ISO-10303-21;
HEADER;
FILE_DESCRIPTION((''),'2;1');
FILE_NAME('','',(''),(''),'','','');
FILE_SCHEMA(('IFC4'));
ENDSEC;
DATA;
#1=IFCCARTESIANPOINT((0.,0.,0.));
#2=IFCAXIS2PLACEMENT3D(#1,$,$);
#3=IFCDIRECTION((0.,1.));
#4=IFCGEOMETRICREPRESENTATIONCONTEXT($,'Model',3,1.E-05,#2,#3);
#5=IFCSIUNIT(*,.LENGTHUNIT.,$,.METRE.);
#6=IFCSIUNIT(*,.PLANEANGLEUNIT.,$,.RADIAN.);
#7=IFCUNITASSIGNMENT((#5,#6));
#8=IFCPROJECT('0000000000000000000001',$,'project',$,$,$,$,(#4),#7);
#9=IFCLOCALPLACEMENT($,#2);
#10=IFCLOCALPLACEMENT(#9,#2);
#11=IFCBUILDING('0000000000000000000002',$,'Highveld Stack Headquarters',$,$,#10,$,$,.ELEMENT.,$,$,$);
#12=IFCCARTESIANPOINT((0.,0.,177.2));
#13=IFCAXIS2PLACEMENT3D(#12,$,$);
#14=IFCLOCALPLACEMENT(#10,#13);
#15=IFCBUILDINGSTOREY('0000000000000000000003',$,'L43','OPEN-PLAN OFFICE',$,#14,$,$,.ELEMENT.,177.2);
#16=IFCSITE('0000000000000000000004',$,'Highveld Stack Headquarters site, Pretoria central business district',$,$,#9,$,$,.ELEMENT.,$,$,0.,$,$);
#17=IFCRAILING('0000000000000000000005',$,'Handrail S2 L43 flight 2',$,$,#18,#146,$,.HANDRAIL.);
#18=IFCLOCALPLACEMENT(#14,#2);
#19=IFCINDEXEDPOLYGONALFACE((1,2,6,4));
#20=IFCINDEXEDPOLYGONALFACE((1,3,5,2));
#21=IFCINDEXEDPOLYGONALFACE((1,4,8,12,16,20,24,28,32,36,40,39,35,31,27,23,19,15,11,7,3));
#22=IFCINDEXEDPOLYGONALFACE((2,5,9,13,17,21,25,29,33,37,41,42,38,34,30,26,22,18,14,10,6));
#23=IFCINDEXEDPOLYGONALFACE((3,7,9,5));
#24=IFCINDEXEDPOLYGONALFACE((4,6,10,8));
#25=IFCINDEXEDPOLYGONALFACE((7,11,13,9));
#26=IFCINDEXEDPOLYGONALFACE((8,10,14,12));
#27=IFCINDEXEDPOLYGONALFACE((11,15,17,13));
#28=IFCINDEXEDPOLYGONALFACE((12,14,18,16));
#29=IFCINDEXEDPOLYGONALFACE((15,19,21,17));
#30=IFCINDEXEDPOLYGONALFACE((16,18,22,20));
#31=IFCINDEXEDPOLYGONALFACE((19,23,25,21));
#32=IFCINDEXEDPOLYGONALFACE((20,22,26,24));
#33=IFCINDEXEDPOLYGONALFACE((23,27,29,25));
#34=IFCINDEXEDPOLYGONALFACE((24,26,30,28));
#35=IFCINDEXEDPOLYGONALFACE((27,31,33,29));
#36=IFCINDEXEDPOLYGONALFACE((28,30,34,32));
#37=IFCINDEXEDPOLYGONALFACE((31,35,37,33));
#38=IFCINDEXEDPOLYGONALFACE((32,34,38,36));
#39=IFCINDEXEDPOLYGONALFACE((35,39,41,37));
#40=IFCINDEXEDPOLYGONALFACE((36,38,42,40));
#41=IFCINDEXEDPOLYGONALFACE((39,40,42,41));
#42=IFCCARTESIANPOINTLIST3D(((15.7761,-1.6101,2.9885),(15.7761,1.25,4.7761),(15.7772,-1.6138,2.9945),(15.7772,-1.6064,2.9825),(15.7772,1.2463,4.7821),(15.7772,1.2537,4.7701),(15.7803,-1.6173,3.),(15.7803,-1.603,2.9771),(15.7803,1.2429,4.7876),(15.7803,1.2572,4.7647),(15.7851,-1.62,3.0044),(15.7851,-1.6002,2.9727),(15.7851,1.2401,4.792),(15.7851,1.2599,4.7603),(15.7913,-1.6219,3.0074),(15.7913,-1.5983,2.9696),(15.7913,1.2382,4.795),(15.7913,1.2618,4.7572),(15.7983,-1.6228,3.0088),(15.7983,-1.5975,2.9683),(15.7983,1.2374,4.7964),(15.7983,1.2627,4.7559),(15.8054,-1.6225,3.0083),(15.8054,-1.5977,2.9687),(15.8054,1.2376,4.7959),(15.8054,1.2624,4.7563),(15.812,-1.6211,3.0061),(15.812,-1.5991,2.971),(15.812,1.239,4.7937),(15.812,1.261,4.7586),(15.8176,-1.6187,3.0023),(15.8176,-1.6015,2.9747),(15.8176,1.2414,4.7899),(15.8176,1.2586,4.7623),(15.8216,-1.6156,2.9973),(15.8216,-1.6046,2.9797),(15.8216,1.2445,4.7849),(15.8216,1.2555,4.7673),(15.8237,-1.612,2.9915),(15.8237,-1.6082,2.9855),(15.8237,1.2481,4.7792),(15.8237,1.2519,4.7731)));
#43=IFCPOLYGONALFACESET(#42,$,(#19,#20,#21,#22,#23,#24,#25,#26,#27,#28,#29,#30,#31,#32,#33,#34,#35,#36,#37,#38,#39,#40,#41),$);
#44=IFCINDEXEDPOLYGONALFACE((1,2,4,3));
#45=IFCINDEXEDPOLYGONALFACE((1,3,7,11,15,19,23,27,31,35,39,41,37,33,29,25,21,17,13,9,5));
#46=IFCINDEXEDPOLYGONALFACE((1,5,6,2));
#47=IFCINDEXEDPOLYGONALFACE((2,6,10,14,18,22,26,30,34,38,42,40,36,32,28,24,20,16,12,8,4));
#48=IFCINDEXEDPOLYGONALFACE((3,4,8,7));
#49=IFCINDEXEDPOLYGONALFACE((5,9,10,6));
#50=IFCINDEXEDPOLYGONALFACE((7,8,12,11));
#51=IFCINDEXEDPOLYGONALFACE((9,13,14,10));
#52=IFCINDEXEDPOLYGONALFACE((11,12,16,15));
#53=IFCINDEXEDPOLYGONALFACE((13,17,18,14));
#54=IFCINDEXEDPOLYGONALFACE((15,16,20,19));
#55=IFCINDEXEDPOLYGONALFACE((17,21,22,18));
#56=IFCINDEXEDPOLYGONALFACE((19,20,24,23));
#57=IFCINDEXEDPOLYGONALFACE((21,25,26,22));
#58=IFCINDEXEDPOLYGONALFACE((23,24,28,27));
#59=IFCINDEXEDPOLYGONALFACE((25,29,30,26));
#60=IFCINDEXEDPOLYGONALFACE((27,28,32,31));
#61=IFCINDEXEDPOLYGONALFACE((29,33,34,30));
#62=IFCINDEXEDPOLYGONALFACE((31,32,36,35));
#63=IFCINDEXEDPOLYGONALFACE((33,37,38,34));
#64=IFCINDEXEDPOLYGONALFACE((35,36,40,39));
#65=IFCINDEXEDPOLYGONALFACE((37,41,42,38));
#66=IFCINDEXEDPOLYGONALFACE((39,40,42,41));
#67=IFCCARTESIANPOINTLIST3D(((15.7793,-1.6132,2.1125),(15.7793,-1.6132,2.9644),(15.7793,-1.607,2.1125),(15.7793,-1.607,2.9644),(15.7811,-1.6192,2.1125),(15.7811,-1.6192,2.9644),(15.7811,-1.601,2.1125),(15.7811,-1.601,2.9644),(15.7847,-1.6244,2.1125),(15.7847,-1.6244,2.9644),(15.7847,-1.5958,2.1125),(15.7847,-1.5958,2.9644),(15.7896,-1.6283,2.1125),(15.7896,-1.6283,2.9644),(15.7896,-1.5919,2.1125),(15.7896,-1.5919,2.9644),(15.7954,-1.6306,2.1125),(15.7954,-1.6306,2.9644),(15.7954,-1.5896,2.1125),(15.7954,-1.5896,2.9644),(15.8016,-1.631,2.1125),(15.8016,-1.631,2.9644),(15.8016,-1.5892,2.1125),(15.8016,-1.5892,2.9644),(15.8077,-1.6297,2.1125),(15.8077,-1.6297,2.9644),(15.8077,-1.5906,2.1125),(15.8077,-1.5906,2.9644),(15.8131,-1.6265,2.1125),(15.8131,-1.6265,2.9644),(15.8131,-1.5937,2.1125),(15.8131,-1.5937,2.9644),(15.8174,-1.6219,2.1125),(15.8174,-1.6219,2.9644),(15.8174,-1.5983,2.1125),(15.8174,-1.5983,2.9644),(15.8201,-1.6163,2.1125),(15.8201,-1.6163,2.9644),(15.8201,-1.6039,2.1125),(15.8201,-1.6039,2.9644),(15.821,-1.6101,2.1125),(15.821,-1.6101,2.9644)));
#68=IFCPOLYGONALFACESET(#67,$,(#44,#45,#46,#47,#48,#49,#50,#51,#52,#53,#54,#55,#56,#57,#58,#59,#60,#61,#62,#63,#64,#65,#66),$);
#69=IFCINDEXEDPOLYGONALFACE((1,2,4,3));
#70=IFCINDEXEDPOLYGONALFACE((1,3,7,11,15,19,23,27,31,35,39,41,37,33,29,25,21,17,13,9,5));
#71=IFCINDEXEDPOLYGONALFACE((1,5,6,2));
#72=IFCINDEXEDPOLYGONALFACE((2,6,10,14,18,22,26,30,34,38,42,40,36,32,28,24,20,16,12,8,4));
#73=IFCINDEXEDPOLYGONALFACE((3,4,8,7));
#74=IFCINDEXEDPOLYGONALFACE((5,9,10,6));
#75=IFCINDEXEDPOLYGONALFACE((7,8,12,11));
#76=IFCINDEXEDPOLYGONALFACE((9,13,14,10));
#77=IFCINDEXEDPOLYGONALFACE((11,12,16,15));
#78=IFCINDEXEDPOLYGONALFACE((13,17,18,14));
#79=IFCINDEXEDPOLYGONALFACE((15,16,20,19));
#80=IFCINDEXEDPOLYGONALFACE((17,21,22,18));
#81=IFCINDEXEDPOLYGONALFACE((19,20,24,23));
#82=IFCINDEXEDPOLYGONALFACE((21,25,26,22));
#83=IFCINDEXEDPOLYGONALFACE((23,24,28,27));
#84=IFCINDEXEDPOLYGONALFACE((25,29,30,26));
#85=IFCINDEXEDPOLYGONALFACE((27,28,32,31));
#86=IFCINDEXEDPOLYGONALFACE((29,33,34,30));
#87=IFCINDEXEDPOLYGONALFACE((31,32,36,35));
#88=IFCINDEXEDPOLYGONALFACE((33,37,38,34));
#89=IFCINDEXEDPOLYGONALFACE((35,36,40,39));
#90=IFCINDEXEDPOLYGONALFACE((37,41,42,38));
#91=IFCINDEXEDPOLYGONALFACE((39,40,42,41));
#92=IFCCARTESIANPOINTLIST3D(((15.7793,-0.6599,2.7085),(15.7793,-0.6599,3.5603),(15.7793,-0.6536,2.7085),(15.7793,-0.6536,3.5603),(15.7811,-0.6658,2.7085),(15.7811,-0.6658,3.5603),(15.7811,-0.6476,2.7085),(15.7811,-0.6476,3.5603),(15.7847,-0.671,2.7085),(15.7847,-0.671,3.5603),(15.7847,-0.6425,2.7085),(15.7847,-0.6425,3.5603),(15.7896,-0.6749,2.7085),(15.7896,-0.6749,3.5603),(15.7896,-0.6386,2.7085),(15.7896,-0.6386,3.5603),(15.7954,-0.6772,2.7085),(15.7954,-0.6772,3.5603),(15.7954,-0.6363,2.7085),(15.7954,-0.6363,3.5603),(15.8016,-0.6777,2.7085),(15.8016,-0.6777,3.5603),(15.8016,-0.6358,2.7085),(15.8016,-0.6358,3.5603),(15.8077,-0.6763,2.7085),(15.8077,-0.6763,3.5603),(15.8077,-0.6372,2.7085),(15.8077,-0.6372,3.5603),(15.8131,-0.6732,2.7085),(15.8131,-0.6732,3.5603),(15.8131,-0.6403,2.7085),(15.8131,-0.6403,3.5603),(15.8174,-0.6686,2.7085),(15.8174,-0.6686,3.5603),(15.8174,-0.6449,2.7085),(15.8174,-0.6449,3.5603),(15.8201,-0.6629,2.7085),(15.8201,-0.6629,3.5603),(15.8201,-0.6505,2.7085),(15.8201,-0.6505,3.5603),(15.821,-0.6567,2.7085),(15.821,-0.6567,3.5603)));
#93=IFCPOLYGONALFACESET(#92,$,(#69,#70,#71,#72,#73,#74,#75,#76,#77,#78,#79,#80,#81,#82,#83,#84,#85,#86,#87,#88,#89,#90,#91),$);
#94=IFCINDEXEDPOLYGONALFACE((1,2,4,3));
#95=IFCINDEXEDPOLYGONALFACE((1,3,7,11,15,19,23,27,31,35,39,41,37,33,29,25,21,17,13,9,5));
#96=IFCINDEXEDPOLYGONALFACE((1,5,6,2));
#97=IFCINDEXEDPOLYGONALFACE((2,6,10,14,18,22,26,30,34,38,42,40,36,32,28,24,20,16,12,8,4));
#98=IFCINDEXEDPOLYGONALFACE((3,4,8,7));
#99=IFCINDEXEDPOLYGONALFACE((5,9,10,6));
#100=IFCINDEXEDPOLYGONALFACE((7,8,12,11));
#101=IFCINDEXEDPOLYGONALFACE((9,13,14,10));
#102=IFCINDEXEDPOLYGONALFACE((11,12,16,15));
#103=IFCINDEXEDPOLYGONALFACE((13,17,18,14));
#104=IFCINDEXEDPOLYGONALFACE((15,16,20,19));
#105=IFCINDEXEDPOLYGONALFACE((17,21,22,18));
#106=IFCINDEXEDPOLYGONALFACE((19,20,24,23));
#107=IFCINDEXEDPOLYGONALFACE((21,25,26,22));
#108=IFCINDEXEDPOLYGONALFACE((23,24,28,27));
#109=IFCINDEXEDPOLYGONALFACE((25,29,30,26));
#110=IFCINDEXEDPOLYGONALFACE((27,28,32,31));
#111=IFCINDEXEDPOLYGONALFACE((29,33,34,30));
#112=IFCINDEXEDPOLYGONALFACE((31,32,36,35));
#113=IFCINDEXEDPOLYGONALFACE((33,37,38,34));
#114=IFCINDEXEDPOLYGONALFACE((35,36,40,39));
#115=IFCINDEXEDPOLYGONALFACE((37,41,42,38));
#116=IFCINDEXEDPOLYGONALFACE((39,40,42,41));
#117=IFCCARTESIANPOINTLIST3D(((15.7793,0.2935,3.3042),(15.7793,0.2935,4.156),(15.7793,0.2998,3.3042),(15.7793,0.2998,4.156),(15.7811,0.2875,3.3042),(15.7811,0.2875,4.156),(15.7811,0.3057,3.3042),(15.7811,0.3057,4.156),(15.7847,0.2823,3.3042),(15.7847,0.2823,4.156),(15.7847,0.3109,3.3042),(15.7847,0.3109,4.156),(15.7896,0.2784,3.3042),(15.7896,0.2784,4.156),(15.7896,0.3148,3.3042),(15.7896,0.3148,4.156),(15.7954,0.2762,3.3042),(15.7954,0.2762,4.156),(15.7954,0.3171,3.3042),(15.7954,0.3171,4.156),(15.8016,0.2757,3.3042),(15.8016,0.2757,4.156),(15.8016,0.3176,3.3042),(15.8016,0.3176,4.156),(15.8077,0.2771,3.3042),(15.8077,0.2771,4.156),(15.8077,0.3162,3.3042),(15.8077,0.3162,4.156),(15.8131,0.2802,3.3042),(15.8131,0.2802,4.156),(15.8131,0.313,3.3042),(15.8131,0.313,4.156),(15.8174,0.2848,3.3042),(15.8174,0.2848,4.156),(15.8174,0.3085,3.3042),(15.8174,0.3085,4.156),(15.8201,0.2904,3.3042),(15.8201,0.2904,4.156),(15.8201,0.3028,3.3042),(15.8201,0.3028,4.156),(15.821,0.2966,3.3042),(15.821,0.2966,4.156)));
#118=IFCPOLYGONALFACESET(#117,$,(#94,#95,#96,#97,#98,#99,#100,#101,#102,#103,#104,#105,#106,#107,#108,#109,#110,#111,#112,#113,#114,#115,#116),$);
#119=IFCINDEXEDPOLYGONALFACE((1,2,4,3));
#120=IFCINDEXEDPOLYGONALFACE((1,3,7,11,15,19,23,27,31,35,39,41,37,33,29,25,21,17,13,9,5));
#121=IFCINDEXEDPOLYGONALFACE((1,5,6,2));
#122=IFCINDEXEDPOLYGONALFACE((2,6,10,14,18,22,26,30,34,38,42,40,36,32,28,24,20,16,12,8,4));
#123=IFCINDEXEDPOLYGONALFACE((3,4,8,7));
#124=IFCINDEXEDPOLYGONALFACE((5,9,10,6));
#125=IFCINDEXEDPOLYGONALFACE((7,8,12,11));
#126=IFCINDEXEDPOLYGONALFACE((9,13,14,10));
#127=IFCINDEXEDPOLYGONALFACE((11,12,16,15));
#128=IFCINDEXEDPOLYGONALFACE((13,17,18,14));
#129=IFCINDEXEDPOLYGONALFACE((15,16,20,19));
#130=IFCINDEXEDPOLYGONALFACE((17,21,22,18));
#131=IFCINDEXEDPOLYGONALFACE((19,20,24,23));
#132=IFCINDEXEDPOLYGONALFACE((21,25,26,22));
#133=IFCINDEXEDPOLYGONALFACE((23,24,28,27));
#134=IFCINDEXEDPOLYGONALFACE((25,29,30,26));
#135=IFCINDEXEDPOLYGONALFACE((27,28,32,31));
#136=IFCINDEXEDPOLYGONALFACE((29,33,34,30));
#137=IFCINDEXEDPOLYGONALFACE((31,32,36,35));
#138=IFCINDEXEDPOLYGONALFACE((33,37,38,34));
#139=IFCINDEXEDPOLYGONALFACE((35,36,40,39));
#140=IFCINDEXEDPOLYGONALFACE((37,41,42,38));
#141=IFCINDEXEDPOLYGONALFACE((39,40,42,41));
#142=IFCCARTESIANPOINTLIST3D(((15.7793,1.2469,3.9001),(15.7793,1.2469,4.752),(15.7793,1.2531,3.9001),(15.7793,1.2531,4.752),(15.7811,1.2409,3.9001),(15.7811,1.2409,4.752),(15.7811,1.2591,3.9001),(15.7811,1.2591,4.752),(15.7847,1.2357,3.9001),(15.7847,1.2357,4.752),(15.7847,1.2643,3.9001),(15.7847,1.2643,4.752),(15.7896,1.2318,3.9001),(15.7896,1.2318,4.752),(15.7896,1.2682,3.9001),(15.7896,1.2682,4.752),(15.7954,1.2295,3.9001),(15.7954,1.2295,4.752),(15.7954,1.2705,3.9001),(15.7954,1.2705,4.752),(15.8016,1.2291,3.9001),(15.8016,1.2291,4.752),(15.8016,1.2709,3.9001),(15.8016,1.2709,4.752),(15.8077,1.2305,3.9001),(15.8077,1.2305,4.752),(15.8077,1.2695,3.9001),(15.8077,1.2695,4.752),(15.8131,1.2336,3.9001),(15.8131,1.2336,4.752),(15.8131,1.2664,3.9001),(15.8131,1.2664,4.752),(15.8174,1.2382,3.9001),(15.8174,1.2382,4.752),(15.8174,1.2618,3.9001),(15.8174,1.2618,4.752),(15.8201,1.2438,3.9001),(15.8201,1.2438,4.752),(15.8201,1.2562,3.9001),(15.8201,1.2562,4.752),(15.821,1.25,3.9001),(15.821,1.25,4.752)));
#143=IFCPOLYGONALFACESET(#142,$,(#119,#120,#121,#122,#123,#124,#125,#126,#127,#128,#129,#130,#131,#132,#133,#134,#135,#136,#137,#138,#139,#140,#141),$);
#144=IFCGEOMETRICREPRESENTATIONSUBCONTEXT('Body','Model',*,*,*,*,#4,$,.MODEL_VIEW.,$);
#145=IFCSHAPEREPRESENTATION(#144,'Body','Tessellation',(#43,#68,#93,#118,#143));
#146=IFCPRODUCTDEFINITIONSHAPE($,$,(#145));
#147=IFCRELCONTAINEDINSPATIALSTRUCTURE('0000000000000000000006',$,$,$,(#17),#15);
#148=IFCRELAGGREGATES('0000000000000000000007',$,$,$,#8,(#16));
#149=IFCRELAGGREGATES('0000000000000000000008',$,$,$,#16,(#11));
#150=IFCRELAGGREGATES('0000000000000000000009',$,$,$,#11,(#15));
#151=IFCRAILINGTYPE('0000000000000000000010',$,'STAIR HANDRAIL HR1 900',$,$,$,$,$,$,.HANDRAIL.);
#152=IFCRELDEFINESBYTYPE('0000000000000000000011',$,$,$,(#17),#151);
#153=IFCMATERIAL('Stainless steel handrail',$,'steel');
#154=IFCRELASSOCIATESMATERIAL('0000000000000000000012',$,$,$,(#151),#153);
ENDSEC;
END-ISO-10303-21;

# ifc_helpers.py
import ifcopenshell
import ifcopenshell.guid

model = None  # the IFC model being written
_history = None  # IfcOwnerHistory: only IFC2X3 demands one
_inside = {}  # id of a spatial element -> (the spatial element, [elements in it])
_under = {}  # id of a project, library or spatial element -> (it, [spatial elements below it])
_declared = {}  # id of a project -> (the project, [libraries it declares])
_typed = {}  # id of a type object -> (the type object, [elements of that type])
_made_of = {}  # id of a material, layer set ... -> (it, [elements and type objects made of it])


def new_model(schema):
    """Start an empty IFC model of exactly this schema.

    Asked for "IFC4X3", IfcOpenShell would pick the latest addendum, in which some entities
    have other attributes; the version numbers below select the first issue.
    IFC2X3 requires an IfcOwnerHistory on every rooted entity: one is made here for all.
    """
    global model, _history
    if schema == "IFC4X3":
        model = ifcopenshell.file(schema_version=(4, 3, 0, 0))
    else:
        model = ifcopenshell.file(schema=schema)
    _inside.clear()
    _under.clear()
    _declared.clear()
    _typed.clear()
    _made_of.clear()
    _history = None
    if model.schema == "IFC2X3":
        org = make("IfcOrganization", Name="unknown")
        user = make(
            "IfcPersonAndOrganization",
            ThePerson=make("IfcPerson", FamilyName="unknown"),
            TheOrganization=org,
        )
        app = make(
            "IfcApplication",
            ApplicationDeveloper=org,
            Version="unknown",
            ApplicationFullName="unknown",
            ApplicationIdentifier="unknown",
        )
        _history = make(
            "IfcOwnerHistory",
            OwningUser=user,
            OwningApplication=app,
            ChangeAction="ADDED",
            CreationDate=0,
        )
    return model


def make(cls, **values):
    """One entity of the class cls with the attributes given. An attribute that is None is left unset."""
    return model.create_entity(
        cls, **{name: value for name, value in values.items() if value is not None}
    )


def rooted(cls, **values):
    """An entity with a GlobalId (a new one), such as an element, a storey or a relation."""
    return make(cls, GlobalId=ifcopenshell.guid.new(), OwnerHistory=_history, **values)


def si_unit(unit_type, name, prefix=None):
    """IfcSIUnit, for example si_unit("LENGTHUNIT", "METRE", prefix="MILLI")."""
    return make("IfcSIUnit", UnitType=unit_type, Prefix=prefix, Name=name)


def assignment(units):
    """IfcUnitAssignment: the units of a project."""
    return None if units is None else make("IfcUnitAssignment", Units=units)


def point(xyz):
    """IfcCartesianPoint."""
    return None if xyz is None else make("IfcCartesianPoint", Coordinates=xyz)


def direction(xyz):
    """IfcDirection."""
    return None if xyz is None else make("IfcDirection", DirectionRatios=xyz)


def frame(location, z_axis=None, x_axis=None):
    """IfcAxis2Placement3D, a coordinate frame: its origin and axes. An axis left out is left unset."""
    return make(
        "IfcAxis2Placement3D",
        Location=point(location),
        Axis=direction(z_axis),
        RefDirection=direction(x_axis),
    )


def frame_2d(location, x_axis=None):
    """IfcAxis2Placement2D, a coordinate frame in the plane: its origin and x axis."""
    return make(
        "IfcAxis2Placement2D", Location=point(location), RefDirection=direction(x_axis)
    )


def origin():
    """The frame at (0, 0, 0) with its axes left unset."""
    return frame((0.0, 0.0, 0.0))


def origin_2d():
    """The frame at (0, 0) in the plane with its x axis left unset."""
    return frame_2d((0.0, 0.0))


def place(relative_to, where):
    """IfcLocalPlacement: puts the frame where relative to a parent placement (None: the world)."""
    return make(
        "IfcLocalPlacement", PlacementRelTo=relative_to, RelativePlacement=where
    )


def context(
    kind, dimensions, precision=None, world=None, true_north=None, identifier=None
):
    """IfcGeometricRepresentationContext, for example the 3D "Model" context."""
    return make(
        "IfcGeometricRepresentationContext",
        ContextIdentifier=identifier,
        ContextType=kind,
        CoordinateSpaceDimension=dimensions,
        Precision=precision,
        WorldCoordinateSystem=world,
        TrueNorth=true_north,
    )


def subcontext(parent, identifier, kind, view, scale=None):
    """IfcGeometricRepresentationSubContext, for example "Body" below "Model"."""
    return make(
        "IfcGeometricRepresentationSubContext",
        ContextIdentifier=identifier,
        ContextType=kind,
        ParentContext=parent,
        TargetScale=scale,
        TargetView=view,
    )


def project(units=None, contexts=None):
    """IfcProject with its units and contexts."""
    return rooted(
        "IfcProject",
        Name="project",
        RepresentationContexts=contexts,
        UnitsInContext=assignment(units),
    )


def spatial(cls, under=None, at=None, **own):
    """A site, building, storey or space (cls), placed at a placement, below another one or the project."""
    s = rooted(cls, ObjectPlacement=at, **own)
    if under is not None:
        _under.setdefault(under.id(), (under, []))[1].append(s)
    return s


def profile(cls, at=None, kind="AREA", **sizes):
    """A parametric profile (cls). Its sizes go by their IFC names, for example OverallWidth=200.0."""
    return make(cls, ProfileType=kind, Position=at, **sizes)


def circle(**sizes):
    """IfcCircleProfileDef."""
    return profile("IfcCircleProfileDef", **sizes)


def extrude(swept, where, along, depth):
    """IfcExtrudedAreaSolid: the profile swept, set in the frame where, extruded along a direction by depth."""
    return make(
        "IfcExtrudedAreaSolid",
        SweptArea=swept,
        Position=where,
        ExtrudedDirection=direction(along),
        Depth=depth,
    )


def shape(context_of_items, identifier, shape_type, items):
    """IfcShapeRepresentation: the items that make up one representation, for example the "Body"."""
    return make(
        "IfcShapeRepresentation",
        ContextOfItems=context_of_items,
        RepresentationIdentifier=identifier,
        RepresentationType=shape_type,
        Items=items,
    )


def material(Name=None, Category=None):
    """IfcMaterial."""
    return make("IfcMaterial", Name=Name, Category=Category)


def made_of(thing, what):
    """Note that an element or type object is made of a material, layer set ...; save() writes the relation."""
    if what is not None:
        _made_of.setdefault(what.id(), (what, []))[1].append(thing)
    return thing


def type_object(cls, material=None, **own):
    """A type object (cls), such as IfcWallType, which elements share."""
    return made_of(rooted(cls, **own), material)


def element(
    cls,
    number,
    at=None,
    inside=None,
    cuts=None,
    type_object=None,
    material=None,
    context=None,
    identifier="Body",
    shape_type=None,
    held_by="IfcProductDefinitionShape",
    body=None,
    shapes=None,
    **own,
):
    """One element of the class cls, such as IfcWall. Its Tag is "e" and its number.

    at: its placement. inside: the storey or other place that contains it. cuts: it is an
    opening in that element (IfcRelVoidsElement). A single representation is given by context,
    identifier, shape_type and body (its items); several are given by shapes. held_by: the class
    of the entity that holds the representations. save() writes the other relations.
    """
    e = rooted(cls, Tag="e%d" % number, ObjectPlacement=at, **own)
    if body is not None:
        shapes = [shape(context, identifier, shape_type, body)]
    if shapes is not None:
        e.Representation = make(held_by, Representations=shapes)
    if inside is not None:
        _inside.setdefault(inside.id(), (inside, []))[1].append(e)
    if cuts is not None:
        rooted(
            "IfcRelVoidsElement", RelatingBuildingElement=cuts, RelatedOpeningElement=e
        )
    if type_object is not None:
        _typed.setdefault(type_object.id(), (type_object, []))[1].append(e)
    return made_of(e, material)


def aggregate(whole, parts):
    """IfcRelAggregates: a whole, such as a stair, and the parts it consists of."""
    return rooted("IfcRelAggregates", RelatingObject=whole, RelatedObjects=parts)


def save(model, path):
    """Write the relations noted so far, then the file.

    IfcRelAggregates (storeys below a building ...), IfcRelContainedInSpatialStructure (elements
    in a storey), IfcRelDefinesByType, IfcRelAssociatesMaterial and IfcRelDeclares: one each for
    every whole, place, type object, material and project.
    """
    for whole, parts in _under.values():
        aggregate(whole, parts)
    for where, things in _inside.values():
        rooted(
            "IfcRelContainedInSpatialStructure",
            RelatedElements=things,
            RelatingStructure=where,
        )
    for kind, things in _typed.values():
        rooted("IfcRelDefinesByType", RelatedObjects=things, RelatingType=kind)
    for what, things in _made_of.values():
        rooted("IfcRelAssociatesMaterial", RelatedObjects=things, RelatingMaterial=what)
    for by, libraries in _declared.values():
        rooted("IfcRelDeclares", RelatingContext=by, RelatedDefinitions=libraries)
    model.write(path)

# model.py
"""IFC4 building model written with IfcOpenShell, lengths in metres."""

from ifc_helpers import new_model, si_unit, direction, frame, origin, origin_2d, place, context, subcontext, project, spatial, circle, extrude, material, type_object, element, save


model = new_model("IFC4")

# Units and contexts
model_context = context("Model", 3, precision=1e-05, world=origin(), true_north=direction((0.0, 1.0)))
body_context = subcontext(model_context, "Body", "Model", "MODEL_VIEW")
ifc_project = project(units=[si_unit("LENGTHUNIT", "METRE"), si_unit("PLANEANGLEUNIT", "RADIAN")], contexts=[model_context])

# Site, building, storey
site_placement = place(None, origin())
site = spatial("IfcSite", under=ifc_project, at=site_placement, Name="Highveld Stack Headquarters site, Pretoria central business district", CompositionType="ELEMENT", RefElevation=0.0)
building_placement = place(site_placement, origin())
building = spatial("IfcBuilding", under=site, at=building_placement, Name="Highveld Stack Headquarters", CompositionType="ELEMENT")
storey_placement = place(building_placement, frame((0.0, 0.0, 177.2)))
storey = spatial("IfcBuildingStorey", under=building, at=storey_placement, Name="L43", Description="OPEN-PLAN OFFICE", CompositionType="ELEMENT", Elevation=177.2)

# Railing
ifc_material_1 = material(Name="Stainless steel handrail", Category="steel")
railing_type = type_object("IfcRailingType", Name="STAIR HANDRAIL HR1 900", PredefinedType="HANDRAIL", material=ifc_material_1)
for number, where, name in (
    (1, (15.8, -1.6101, 2.1125), "Handrail S2 L43 flight 2"),
):
    element("IfcRailing", number, at=place(storey_placement, frame(where)), inside=storey, type_object=railing_type, Name=name, PredefinedType="HANDRAIL", context=body_context, shape_type="SweptSolid", body=[
        extrude(circle(Radius=0.0239, at=origin_2d()), frame((0.0, 0.0, 0.876), z_axis=(0.0, 0.847994, 0.530005), x_axis=(-1.0, 0.0, 0.0)), (0.0, 0.0, 1.0), 3.3728),
        extrude(circle(Radius=0.021, at=origin_2d()), origin(), (0.0, 0.0, 1.0), 0.8518),
        extrude(circle(Radius=0.021, at=origin_2d()), frame((0.0, 0.9534, 0.5959)), (0.0, 0.0, 1.0), 0.8518),
        extrude(circle(Radius=0.021, at=origin_2d()), frame((0.0, 1.9067, 1.1917)), (0.0, 0.0, 1.0), 0.8518),
        extrude(circle(Radius=0.021, at=origin_2d()), frame((0.0, 2.8601, 1.7876)), (0.0, 0.0, 1.0), 0.8518),
    ])

save(model, "model.ifc")
